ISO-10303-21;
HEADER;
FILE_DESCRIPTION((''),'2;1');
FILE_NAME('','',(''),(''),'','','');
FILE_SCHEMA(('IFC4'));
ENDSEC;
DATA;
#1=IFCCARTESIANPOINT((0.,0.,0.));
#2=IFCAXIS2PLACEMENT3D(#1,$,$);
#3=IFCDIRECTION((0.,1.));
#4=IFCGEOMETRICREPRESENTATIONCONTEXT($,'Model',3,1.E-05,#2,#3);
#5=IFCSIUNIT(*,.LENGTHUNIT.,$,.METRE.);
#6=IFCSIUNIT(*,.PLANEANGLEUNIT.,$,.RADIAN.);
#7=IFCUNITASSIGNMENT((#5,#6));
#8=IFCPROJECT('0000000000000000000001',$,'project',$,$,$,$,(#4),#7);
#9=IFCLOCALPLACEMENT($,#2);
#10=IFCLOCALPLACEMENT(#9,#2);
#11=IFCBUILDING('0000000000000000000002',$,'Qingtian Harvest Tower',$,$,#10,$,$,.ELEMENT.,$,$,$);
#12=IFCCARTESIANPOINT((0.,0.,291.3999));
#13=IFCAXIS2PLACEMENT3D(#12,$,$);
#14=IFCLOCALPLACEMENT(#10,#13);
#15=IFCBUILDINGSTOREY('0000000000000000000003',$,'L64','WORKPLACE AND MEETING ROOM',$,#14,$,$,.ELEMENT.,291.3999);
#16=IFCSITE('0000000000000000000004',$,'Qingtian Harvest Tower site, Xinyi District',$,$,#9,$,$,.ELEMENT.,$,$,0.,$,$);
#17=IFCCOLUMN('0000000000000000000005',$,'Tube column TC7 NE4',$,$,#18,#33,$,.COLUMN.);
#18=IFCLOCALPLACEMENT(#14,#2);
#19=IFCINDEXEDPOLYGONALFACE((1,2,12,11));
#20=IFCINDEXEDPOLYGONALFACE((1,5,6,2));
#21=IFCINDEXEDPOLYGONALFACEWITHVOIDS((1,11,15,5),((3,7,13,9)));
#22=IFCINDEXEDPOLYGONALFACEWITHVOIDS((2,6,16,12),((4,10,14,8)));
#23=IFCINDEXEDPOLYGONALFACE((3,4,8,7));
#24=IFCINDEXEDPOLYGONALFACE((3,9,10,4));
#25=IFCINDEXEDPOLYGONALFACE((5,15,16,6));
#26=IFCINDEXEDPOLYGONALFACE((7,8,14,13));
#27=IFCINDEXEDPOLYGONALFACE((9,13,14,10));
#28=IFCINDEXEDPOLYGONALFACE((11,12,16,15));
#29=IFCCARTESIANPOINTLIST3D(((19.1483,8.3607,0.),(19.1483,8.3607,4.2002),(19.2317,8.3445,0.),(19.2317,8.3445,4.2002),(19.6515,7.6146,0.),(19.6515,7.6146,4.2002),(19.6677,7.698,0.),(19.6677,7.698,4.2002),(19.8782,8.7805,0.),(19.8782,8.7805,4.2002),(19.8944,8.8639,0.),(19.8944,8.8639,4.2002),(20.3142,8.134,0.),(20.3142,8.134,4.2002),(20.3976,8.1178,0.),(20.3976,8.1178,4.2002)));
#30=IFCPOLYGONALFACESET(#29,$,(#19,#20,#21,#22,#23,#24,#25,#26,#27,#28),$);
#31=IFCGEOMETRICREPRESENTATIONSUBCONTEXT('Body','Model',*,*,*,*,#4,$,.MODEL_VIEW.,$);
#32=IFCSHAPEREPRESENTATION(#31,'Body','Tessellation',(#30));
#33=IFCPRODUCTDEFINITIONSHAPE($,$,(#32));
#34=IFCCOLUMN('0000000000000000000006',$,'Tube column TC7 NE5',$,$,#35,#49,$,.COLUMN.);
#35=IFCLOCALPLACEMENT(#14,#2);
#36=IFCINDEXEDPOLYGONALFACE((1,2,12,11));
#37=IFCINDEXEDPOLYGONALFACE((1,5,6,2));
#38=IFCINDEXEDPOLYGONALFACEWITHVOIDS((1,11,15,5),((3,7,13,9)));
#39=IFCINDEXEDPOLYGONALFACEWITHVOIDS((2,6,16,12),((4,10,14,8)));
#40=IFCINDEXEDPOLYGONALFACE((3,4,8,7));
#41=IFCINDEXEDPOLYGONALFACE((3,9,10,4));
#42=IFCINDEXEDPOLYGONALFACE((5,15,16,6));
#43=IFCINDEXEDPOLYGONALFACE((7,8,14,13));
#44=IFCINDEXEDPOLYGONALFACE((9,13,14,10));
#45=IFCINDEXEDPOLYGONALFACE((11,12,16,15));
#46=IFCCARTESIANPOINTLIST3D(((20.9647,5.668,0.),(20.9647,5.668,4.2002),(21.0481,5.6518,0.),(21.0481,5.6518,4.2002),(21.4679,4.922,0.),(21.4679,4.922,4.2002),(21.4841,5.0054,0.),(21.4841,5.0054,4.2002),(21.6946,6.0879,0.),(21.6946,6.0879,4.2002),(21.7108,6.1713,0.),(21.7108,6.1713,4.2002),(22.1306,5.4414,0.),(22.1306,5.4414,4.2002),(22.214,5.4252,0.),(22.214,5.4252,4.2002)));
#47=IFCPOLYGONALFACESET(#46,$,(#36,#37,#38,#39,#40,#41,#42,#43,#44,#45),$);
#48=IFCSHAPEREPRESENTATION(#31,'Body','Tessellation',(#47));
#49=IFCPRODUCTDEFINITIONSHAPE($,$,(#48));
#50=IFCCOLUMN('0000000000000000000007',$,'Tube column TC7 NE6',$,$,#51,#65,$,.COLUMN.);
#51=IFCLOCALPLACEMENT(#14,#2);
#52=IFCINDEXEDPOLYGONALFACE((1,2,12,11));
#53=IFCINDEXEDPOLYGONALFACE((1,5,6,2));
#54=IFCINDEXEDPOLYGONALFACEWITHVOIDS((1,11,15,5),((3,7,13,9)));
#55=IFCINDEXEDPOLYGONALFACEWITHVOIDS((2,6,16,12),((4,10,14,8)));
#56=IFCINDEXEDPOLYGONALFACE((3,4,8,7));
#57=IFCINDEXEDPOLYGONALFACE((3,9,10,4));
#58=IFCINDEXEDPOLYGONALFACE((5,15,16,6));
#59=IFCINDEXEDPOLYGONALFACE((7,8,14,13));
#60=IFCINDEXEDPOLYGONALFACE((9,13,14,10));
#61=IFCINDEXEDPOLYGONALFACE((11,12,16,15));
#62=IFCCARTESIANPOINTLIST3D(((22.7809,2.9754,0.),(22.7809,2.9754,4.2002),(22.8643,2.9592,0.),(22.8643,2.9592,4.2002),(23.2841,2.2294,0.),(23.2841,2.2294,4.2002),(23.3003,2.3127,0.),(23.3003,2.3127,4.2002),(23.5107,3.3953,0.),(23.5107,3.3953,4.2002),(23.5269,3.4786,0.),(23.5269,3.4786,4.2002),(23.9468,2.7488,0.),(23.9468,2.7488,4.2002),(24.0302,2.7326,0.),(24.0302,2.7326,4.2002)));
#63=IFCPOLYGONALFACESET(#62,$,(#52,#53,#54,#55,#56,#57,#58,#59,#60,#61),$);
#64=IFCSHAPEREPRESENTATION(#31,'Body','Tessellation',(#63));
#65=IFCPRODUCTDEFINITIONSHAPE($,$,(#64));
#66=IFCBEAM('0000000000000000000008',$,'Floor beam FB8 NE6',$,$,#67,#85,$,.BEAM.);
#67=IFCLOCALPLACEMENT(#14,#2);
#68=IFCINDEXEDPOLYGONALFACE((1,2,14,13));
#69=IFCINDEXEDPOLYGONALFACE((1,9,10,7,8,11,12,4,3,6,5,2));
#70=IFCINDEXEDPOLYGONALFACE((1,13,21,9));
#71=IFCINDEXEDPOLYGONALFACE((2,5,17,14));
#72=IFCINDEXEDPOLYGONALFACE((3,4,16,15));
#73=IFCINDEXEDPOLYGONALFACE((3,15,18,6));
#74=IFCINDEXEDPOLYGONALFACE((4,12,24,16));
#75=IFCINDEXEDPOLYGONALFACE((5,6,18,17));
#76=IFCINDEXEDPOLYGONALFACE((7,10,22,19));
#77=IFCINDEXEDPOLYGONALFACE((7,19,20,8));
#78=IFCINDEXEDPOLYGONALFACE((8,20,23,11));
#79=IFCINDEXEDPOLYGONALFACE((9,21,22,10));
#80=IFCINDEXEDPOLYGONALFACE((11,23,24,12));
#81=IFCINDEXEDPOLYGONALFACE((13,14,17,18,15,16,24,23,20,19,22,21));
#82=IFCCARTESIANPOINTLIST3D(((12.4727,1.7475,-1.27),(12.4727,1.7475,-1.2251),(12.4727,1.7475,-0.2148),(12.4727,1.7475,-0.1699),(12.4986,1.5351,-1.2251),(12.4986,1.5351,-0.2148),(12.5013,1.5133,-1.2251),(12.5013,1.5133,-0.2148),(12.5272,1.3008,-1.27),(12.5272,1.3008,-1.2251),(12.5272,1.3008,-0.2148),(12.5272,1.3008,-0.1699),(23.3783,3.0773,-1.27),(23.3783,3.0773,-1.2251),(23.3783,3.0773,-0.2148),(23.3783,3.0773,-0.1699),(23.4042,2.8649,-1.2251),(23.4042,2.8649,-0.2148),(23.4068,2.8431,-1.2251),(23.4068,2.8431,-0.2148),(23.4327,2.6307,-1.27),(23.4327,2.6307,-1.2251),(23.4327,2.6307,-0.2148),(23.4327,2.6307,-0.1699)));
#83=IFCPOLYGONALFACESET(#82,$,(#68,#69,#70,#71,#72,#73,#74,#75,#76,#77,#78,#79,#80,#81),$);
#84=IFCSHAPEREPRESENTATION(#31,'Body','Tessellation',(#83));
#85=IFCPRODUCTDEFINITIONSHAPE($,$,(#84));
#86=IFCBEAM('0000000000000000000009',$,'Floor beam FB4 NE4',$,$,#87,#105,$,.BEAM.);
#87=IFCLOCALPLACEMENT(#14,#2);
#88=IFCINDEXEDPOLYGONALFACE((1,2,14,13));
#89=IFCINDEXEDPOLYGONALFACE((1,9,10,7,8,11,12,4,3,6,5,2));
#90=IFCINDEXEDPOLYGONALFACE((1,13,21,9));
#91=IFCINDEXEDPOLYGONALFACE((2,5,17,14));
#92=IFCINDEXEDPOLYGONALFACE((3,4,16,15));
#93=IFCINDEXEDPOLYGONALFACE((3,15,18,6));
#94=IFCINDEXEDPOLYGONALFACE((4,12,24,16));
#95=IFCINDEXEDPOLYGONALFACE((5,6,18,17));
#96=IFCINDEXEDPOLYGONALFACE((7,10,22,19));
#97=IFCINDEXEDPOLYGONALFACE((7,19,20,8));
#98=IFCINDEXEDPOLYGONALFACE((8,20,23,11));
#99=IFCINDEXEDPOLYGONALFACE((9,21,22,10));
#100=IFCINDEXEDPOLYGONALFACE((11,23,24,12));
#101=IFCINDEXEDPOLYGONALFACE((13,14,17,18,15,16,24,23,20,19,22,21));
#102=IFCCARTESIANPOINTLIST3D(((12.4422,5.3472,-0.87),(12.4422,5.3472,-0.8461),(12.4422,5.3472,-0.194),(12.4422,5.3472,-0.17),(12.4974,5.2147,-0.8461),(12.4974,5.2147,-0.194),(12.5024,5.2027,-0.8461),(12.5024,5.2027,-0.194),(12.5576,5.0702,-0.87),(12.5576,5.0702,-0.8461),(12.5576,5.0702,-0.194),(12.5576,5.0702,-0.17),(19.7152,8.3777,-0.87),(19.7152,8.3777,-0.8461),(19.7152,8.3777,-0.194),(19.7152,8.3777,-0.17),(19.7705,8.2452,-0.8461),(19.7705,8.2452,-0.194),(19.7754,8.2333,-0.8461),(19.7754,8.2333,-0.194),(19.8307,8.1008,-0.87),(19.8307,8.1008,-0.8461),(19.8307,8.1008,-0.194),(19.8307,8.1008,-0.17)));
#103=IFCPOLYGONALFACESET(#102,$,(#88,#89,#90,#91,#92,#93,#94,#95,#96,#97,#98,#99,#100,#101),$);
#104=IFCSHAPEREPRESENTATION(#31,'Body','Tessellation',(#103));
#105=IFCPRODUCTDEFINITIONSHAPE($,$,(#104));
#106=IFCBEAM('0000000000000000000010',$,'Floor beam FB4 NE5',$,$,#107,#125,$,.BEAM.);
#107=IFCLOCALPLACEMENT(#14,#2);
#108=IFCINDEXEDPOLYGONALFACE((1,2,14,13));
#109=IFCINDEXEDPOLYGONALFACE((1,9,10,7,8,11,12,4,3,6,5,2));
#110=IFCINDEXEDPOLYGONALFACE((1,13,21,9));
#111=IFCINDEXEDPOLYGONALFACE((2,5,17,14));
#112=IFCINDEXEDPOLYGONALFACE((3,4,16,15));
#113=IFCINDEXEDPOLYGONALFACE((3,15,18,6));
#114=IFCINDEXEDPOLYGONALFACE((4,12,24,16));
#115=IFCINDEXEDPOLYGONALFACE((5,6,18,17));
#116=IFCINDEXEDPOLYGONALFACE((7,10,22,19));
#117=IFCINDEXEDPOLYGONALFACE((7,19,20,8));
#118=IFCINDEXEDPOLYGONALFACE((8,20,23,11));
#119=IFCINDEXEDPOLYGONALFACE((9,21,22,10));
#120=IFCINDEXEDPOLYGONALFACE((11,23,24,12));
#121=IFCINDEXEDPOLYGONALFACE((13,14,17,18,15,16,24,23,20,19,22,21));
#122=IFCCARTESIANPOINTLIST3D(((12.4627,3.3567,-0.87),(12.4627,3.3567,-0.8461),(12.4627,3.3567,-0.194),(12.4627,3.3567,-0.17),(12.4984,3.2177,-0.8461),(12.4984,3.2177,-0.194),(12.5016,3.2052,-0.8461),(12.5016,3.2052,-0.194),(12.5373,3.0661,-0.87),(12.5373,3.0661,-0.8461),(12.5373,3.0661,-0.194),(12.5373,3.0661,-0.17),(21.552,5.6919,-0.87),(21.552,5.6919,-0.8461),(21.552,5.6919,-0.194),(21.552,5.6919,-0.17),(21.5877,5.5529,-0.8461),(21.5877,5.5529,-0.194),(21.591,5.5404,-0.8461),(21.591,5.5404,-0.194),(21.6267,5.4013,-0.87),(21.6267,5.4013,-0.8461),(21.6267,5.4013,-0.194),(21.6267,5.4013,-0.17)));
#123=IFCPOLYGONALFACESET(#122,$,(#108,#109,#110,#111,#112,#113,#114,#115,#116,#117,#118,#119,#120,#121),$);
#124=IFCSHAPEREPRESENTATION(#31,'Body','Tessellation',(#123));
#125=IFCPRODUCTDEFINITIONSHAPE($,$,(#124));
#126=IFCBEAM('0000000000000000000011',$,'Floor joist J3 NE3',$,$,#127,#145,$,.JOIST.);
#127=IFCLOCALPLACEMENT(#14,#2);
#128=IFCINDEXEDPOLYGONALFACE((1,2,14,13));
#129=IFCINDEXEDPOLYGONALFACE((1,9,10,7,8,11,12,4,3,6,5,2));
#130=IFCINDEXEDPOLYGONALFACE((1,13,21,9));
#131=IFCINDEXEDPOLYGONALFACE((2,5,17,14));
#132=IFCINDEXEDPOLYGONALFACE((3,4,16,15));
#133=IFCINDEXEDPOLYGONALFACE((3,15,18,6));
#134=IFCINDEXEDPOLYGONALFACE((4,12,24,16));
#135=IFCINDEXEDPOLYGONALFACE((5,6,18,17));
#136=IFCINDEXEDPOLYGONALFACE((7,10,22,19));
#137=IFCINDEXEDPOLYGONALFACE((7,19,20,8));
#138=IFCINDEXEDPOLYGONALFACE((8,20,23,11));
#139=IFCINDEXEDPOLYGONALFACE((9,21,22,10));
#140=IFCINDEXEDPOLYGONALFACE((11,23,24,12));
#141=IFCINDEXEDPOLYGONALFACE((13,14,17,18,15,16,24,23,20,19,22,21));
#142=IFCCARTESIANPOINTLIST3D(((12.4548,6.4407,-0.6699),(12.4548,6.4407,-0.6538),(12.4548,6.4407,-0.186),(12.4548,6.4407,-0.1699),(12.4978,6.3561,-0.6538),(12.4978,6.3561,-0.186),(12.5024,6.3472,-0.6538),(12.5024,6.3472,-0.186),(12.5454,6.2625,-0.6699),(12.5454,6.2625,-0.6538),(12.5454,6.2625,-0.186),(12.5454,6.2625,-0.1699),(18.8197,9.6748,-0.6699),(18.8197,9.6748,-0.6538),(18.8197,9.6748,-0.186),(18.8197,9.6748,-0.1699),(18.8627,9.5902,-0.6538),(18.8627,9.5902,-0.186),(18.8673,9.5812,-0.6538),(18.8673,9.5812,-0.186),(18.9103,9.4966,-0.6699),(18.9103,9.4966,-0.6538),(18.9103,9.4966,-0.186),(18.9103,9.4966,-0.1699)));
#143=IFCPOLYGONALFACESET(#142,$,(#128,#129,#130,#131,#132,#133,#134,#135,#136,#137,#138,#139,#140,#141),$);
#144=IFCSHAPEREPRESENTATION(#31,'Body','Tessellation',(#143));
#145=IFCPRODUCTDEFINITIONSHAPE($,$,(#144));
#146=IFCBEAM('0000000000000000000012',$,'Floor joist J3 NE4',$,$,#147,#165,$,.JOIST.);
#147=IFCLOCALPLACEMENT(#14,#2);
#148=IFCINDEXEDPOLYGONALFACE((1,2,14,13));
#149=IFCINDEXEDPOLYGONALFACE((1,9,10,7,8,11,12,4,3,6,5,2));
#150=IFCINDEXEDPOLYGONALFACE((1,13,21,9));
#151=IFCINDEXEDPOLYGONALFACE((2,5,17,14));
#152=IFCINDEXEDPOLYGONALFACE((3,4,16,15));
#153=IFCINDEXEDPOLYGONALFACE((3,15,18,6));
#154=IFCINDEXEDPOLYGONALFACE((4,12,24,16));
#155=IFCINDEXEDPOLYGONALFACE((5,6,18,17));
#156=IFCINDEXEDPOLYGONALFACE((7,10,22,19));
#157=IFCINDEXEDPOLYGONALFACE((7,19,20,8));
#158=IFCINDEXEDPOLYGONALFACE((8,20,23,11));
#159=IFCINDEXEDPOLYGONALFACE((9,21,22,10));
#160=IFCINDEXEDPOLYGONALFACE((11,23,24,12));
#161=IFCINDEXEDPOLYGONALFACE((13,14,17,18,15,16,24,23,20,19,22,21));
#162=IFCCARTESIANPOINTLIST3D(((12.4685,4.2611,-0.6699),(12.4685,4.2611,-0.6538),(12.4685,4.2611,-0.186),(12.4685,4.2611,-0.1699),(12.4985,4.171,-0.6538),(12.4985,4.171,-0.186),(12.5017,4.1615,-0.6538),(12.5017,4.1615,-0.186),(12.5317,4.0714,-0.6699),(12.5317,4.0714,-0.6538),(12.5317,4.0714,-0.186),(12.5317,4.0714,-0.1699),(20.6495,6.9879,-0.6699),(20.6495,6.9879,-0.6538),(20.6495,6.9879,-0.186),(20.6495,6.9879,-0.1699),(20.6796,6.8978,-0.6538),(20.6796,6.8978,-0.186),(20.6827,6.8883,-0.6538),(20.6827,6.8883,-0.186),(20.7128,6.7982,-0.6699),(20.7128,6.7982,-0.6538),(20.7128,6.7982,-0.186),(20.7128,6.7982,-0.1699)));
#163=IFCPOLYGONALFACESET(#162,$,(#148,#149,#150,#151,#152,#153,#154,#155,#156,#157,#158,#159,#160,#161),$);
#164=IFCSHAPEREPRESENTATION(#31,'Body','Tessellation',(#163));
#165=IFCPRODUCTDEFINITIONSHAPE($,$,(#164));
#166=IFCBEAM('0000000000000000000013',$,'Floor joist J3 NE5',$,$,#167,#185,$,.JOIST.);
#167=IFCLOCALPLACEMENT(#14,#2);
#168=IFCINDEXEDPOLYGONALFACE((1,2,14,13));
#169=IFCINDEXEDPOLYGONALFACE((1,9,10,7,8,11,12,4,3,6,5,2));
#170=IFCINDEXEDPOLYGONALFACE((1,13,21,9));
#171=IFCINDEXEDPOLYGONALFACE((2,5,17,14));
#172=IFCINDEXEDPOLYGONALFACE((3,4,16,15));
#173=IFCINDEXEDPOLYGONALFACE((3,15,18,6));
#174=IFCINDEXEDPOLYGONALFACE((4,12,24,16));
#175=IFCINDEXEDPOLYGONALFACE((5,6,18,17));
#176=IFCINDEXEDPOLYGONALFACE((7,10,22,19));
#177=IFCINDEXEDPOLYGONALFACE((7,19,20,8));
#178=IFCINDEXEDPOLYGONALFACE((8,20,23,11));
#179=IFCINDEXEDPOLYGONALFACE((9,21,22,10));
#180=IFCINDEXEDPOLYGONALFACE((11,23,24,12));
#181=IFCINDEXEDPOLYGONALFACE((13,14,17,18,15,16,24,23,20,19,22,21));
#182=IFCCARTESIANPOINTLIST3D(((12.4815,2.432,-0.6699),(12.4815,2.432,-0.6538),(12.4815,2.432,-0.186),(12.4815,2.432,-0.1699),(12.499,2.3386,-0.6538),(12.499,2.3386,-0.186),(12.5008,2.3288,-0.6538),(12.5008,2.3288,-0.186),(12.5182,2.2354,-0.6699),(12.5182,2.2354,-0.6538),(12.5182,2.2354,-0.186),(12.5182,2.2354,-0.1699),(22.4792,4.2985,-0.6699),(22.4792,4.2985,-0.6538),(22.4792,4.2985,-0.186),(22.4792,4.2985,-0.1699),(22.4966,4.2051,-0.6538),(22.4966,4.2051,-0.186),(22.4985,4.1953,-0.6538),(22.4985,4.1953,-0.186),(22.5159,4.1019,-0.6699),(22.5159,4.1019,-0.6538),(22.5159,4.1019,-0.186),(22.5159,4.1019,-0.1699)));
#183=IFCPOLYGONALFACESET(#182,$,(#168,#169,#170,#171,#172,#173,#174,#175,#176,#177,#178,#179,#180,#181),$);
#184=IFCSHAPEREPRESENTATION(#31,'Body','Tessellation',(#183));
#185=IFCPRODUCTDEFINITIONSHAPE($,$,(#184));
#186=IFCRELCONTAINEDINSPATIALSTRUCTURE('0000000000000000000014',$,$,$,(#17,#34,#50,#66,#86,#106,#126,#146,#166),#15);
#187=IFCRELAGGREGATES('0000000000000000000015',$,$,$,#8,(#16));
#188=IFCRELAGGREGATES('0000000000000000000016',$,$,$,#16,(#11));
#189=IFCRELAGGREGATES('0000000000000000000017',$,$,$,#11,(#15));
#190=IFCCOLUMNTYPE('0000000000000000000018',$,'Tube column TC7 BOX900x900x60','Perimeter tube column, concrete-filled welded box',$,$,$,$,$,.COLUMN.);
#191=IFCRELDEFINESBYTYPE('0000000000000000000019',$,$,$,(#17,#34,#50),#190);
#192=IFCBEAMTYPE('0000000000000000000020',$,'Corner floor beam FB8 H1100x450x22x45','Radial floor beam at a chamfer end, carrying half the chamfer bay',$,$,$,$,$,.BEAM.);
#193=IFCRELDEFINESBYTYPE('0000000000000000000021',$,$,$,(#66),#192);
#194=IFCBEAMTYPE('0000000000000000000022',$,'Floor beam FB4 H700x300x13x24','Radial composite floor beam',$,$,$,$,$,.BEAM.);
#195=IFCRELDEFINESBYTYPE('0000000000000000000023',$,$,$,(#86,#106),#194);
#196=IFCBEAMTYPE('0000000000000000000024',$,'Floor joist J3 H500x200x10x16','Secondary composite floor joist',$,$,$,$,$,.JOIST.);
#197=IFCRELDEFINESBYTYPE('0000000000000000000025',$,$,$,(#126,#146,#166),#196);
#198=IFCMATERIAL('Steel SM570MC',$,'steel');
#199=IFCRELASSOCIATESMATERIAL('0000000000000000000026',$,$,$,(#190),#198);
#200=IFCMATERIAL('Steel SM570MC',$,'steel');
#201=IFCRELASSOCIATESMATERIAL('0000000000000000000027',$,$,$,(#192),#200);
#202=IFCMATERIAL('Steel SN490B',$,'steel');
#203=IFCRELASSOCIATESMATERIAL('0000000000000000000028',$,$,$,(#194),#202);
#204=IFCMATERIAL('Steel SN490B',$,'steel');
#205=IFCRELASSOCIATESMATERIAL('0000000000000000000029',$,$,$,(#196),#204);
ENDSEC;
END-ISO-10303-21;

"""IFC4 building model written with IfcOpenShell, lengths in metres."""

from ifc_helpers import new_model, si_unit, direction, frame, origin, origin_2d, place, context, subcontext, project, spatial, hollow_rectangle, i_section, extrude, material, material_profile, profile_set, type_object, element, save


model = new_model("IFC4")

# Units and contexts
model_context = context("Model", 3, precision=1e-05, world=origin(), true_north=direction((0.0, 1.0)))
body_context = subcontext(model_context, "Body", "Model", "MODEL_VIEW")
ifc_project = project(units=[si_unit("LENGTHUNIT", "METRE"), si_unit("PLANEANGLEUNIT", "RADIAN")], contexts=[model_context])

# Site, building, storey
site_placement = place(None, origin())
site = spatial("IfcSite", under=ifc_project, at=site_placement, Name="Qingtian Harvest Tower site, Xinyi District", CompositionType="ELEMENT", RefElevation=0.0)
building_placement = place(site_placement, origin())
building = spatial("IfcBuilding", under=site, at=building_placement, Name="Qingtian Harvest Tower", CompositionType="ELEMENT")
storey_placement = place(building_placement, frame((0.0, 0.0, 291.3999)))
storey = spatial("IfcBuildingStorey", under=building, at=storey_placement, Name="L64", Description="WORKPLACE AND MEETING ROOM", CompositionType="ELEMENT", Elevation=291.3999)

# Columns
ifc_material_1 = material(Name="Steel SM570MC", Category="steel")
ifc_material_profile_1 = material_profile(ifc_material_1, hollow_rectangle(XDim=0.8999, YDim=0.8999, WallThickness=0.0601, at=origin_2d()), Name="BOX900x900x60")
ifc_profile_set_1 = profile_set([ifc_material_profile_1], Name="Steel SM570MC")
column_type = type_object("IfcColumnType", Name="Tube column TC7 BOX900x900x60", Description="Perimeter tube column, concrete-filled welded box", PredefinedType="COLUMN", material=ifc_profile_set_1)
for number, where, z_axis, x_axis, name in (
    (1, (19.7729, 8.2393, 0.0), (0.0, 0.0, 1.0), (-0.559193, 0.829038, 0.0), "Tube column TC7 NE4"),
    (2, (21.5894, 5.5466, 0.0), (0.0, 0.0, 1.0), (-0.559193, 0.829038, 0.0), "Tube column TC7 NE5"),
    (3, (23.4055, 2.854, 0.0), (0.0, 0.0, 1.0), (-0.559193, 0.829038, 0.0), "Tube column TC7 NE6"),
):
    element("IfcColumn", number, at=place(storey_placement, frame(where, z_axis=z_axis, x_axis=x_axis)), inside=storey, type_object=column_type, Name=name, PredefinedType="COLUMN", context=body_context, shape_type="SweptSolid", body=[
        extrude(hollow_rectangle(XDim=0.8999, YDim=0.8999, WallThickness=0.0601, at=origin_2d()), origin(), (0.0, 0.0, 1.0), 4.2002),
    ])

# Beams
ifc_material_2 = material(Name="Steel SM570MC", Category="steel")
ifc_material_profile_2 = material_profile(ifc_material_2, i_section(OverallWidth=0.45, OverallDepth=1.1001, WebThickness=0.022, FlangeThickness=0.0449, at=origin_2d()), Name="H1100x450x22x45")
ifc_profile_set_2 = profile_set([ifc_material_profile_2], Name="Steel SM570MC")
beam_type_1 = type_object("IfcBeamType", Name="Corner floor beam FB8 H1100x450x22x45", Description="Radial floor beam at a chamfer end, carrying half the chamfer bay", PredefinedType="BEAM", material=ifc_profile_set_2)
beam_1_placement = place(storey_placement, frame((23.4055, 2.854, -0.72), z_axis=(-0.992647, -0.121045, 0.0), x_axis=(0.121045, -0.992647, 0.0)))
element("IfcBeam", 4, at=beam_1_placement, inside=storey, type_object=beam_type_1, Name="Floor beam FB8 NE6", PredefinedType="BEAM", context=body_context, shape_type="SweptSolid", body=[
    extrude(i_section(OverallWidth=0.45, OverallDepth=1.1001, WebThickness=0.022, FlangeThickness=0.0449, at=origin_2d()), origin(), (0.0, 0.0, 1.0), 10.9863),
])
ifc_material_3 = material(Name="Steel SN490B", Category="steel")
ifc_material_profile_3 = material_profile(ifc_material_3, i_section(OverallWidth=0.3, OverallDepth=0.7, WebThickness=0.0129, FlangeThickness=0.0239, at=origin_2d()), Name="H700x300x13x24")
ifc_profile_set_3 = profile_set([ifc_material_profile_3], Name="Steel SN490B")
beam_type_2 = type_object("IfcBeamType", Name="Floor beam FB4 H700x300x13x24", Description="Radial composite floor beam", PredefinedType="BEAM", material=ifc_profile_set_3)
beam_2_placement = place(storey_placement, frame((19.7729, 8.2393, -0.52), z_axis=(-0.923071, -0.384629, 0.0), x_axis=(0.384629, -0.923071, 0.0)))
element("IfcBeam", 5, at=beam_2_placement, inside=storey, type_object=beam_type_2, Name="Floor beam FB4 NE4", PredefinedType="BEAM", context=body_context, shape_type="SweptSolid", body=[
    extrude(i_section(OverallWidth=0.3, OverallDepth=0.7, WebThickness=0.0129, FlangeThickness=0.0239, at=origin_2d()), origin(), (0.0, 0.0, 1.0), 7.8792),
])
beam_3_placement = place(storey_placement, frame((21.5894, 5.5466, -0.52), z_axis=(-0.968546, -0.248835, 0.0), x_axis=(0.248835, -0.968546, 0.0)))
element("IfcBeam", 6, at=beam_3_placement, inside=storey, type_object=beam_type_2, Name="Floor beam FB4 NE5", PredefinedType="BEAM", context=body_context, shape_type="SweptSolid", body=[
    extrude(i_section(OverallWidth=0.3, OverallDepth=0.7, WebThickness=0.0129, FlangeThickness=0.0239, at=origin_2d()), origin(), (0.0, 0.0, 1.0), 9.3845),
])
ifc_material_4 = material(Name="Steel SN490B", Category="steel")
ifc_material_profile_4 = material_profile(ifc_material_4, i_section(OverallWidth=0.2, OverallDepth=0.5, WebThickness=0.01, FlangeThickness=0.0161, at=origin_2d()), Name="H500x200x10x16")
ifc_profile_set_4 = profile_set([ifc_material_profile_4], Name="Steel SN490B")
beam_type_3 = type_object("IfcBeamType", Name="Floor joist J3 H500x200x10x16", Description="Secondary composite floor joist", PredefinedType="JOIST", material=ifc_profile_set_4)
beam_4_placement = place(storey_placement, frame((18.865, 9.5857, -0.4199), z_axis=(-0.891516, -0.45299, 0.0), x_axis=(0.45299, -0.891516, 0.0)))
element("IfcBeam", 7, at=beam_4_placement, inside=storey, type_object=beam_type_3, Name="Floor joist J3 NE3", PredefinedType="JOIST", context=body_context, shape_type="SweptSolid", body=[
    extrude(i_section(OverallWidth=0.2, OverallDepth=0.5, WebThickness=0.01, FlangeThickness=0.0161, at=origin_2d()), origin(), (0.0, 0.0, 1.0), 7.1394),
])
beam_5_placement = place(storey_placement, frame((20.6812, 6.8931, -0.4199), z_axis=(-0.948692, -0.316202, 0.0), x_axis=(0.316202, -0.948692, 0.0)))
element("IfcBeam", 8, at=beam_5_placement, inside=storey, type_object=beam_type_3, Name="Floor joist J3 NE4", PredefinedType="JOIST", context=body_context, shape_type="SweptSolid", body=[
    extrude(i_section(OverallWidth=0.2, OverallDepth=0.5, WebThickness=0.01, FlangeThickness=0.0161, at=origin_2d()), origin(), (0.0, 0.0, 1.0), 8.6235),
])
beam_6_placement = place(storey_placement, frame((22.4976, 4.2002, -0.4199), z_axis=(-0.983016, -0.18352, 0.0), x_axis=(0.18352, -0.983016, 0.0)))
element("IfcBeam", 9, at=beam_6_placement, inside=storey, type_object=beam_type_3, Name="Floor joist J3 NE5", PredefinedType="JOIST", context=body_context, shape_type="SweptSolid", body=[
    extrude(i_section(OverallWidth=0.2, OverallDepth=0.5, WebThickness=0.01, FlangeThickness=0.0161, at=origin_2d()), origin(), (0.0, 0.0, 1.0), 10.1704),
])

save(model, "model.ifc")
